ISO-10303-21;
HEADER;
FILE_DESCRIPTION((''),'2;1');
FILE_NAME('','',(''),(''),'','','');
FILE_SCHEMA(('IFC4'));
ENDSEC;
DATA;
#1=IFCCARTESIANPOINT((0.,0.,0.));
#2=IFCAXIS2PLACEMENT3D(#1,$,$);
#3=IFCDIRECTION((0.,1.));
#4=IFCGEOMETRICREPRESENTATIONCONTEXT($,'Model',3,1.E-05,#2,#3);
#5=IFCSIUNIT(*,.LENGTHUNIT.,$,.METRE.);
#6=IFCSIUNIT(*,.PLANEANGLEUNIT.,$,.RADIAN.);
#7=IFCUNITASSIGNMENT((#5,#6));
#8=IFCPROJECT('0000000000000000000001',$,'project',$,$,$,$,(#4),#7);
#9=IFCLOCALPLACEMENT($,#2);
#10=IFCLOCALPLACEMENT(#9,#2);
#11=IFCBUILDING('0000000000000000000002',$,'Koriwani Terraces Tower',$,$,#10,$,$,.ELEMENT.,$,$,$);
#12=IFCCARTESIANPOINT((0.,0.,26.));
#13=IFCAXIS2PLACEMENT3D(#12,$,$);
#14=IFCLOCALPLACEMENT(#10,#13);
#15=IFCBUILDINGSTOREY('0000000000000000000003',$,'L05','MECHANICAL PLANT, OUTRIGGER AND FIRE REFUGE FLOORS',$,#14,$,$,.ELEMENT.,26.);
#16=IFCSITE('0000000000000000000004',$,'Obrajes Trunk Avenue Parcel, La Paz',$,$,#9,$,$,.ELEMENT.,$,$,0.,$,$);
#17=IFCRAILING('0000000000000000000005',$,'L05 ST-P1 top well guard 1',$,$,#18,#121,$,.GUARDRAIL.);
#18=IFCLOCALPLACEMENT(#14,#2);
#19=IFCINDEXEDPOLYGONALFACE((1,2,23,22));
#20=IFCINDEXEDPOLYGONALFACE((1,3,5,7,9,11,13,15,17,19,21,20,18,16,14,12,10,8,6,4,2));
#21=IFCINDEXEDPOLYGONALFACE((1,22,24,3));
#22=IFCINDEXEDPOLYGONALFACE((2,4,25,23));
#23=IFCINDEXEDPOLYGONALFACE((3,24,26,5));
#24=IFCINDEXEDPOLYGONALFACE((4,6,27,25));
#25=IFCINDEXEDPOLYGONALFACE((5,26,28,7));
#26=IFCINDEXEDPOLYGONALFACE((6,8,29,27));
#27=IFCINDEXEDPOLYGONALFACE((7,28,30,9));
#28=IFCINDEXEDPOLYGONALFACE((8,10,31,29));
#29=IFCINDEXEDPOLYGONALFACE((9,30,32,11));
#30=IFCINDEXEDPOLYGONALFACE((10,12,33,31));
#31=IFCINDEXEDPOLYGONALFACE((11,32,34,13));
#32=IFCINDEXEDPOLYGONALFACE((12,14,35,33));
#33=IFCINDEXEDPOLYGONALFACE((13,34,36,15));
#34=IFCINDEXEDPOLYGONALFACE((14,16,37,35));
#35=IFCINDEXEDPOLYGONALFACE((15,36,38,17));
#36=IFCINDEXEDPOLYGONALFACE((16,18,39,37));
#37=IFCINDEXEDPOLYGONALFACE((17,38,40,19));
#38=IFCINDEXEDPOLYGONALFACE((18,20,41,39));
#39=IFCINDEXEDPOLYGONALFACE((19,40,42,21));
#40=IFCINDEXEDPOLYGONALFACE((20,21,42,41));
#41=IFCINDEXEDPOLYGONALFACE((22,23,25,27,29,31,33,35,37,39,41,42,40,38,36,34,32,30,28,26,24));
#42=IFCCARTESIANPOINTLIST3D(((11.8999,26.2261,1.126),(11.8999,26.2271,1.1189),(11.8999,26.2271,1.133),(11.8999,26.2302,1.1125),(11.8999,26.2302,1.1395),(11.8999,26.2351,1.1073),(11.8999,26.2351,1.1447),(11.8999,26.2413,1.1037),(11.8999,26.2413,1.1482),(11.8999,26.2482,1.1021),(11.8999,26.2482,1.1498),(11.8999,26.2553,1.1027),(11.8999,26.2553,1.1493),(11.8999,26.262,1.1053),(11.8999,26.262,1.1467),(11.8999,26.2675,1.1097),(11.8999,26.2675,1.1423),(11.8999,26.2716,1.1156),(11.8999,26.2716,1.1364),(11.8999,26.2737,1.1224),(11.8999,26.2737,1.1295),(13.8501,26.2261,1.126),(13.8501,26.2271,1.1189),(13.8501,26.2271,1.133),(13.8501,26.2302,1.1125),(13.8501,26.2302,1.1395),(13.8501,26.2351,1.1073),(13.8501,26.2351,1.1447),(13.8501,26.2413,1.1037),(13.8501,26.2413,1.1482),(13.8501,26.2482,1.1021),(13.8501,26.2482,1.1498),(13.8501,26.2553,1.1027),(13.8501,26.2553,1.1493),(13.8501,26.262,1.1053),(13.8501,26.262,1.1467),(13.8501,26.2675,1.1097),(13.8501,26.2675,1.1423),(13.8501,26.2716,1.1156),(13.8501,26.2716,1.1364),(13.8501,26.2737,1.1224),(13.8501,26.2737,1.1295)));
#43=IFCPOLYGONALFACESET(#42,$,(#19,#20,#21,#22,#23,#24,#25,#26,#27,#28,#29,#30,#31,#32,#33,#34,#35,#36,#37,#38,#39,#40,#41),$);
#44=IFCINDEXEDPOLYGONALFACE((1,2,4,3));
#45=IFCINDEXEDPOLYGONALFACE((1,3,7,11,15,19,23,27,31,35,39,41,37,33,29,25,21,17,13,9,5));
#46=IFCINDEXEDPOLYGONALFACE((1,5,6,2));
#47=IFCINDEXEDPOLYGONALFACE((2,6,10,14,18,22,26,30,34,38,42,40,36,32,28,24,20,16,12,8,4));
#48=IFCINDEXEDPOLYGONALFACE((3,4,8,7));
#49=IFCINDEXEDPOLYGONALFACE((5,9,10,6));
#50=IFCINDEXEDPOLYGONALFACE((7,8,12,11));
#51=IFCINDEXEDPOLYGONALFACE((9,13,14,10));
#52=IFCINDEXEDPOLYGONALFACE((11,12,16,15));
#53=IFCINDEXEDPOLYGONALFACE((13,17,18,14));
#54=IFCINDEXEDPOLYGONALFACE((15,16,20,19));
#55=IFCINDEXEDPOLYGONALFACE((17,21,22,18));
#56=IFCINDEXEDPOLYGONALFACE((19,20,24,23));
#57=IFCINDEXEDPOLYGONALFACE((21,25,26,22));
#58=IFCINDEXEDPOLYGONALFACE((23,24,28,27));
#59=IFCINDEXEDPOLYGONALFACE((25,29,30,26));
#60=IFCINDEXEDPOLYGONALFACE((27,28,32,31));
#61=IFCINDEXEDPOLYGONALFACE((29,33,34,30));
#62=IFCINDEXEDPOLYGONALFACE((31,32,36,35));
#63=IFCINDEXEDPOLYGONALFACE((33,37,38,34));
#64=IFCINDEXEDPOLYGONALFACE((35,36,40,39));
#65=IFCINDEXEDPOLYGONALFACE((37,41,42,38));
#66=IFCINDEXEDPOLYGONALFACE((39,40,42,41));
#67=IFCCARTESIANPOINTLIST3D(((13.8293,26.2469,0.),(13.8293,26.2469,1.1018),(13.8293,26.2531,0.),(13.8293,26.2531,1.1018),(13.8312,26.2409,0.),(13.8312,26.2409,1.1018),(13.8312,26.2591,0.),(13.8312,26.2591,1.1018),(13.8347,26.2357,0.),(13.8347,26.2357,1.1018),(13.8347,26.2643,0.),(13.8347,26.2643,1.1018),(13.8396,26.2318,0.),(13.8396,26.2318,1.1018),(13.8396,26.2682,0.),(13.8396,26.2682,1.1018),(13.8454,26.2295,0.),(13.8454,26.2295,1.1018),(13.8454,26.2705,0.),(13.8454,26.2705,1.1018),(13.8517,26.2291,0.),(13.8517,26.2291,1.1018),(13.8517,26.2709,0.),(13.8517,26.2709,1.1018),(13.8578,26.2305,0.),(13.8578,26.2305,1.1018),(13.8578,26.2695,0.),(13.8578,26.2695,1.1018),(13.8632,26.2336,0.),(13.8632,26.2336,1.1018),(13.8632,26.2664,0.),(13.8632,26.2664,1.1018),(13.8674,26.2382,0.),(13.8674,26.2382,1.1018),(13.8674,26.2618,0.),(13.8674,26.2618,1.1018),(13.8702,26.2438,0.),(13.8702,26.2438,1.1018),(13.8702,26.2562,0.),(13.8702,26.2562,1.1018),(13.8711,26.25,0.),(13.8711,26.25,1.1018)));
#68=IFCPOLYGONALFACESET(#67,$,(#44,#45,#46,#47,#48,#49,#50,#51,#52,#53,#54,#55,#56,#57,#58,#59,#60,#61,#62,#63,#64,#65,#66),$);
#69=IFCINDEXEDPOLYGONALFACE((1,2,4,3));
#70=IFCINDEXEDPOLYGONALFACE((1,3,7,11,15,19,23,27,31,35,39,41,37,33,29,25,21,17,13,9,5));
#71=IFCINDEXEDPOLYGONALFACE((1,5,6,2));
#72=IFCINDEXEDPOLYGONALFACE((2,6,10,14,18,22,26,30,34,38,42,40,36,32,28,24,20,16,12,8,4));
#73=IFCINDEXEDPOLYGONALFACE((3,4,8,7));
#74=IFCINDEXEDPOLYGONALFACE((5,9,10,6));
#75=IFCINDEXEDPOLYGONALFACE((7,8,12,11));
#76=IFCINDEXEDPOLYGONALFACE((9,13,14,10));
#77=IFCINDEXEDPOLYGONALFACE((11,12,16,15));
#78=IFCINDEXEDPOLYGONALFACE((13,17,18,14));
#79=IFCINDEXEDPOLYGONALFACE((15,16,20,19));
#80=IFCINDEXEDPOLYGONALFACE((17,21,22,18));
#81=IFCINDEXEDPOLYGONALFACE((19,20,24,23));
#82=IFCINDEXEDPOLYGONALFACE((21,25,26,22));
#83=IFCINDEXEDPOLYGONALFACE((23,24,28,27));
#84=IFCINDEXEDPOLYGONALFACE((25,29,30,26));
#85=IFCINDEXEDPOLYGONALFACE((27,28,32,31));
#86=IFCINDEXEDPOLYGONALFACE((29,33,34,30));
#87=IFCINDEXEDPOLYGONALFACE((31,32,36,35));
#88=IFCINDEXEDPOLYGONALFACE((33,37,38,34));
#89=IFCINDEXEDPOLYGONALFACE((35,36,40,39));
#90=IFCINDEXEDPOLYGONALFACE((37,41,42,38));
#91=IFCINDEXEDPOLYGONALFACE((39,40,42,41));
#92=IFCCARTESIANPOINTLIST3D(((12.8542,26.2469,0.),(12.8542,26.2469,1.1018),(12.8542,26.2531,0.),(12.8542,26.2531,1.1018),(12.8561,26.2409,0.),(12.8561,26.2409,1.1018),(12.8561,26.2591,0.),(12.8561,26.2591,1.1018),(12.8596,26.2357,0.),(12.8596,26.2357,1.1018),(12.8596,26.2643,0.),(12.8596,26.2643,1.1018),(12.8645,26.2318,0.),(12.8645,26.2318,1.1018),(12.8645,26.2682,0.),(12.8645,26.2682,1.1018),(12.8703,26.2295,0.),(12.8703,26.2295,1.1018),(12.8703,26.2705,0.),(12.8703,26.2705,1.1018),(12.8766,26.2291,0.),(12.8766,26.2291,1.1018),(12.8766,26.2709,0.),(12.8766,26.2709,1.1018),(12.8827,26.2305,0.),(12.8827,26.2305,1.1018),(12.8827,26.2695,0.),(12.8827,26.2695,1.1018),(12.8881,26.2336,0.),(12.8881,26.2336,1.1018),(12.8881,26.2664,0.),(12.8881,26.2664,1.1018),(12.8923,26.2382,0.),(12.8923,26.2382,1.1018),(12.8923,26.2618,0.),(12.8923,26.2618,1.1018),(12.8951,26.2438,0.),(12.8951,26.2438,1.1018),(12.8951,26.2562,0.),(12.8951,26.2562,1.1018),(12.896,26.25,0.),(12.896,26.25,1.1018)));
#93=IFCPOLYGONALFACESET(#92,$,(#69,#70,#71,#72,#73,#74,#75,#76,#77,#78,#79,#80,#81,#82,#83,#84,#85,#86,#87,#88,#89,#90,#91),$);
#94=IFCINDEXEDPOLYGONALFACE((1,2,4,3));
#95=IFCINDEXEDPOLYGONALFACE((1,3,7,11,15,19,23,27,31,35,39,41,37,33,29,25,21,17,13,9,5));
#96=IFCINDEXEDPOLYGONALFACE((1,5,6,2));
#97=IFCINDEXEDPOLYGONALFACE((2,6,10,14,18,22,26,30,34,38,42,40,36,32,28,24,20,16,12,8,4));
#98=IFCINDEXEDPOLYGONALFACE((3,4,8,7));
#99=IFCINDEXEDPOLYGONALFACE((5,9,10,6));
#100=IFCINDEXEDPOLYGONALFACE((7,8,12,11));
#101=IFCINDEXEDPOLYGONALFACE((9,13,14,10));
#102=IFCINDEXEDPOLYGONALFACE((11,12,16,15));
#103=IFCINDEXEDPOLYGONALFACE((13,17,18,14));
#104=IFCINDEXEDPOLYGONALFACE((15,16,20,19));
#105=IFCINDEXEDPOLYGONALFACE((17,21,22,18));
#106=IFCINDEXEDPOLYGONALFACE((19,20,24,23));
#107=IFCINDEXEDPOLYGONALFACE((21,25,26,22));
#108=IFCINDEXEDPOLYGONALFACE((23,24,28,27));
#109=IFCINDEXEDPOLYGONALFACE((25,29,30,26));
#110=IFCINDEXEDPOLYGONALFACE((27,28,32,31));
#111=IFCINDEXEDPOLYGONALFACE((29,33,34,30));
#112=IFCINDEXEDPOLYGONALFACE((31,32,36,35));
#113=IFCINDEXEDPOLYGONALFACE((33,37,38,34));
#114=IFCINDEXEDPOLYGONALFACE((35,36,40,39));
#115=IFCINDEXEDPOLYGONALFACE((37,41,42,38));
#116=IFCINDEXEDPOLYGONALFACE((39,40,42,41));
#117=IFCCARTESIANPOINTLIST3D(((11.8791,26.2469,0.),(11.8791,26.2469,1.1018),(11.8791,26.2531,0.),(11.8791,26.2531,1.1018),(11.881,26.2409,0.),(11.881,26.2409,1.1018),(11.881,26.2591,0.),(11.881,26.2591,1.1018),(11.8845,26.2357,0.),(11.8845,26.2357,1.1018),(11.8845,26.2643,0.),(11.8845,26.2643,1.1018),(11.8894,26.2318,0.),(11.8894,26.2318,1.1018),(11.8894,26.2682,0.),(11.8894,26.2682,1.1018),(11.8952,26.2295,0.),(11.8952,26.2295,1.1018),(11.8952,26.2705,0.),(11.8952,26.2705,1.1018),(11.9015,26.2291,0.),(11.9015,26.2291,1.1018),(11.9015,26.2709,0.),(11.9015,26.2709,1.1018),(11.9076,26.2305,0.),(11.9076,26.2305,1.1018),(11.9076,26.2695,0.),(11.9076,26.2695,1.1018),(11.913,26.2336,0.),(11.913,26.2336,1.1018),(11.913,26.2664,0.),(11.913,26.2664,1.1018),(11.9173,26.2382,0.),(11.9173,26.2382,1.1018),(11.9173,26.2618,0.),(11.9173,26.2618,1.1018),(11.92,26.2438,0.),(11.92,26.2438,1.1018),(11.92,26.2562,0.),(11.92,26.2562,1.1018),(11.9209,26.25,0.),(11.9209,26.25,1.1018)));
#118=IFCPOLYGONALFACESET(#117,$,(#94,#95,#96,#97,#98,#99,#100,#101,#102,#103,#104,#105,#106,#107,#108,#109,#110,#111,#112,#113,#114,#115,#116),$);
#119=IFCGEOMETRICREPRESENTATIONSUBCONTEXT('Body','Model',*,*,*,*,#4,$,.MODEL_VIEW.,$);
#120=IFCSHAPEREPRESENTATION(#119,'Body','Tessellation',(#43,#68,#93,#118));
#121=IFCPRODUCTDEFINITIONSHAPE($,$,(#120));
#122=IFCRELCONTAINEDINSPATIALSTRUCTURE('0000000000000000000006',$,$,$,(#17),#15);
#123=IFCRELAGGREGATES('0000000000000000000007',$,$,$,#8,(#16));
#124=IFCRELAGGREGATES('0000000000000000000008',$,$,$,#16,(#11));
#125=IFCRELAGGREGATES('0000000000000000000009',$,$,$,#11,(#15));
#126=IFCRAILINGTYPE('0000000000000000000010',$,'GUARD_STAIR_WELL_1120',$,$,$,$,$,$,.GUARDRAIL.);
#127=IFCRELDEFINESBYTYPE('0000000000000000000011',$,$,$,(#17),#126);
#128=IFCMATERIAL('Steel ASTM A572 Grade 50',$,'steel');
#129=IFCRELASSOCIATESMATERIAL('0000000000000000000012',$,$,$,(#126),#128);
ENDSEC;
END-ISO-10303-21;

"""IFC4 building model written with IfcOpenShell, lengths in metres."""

from ifc_helpers import new_model, si_unit, direction, frame, origin, origin_2d, place, context, subcontext, project, spatial, circle, extrude, material, type_object, element, save


model = new_model("IFC4")

# Units and contexts
model_context = context("Model", 3, precision=1e-05, world=origin(), true_north=direction((0.0, 1.0)))
body_context = subcontext(model_context, "Body", "Model", "MODEL_VIEW")
ifc_project = project(units=[si_unit("LENGTHUNIT", "METRE"), si_unit("PLANEANGLEUNIT", "RADIAN")], contexts=[model_context])

# Site, building, storey
site_placement = place(None, origin())
site = spatial("IfcSite", under=ifc_project, at=site_placement, Name="Obrajes Trunk Avenue Parcel, La Paz", CompositionType="ELEMENT", RefElevation=0.0)
building_placement = place(site_placement, origin())
building = spatial("IfcBuilding", under=site, at=building_placement, Name="Koriwani Terraces Tower", CompositionType="ELEMENT")
storey_placement = place(building_placement, frame((0.0, 0.0, 26.0)))
storey = spatial("IfcBuildingStorey", under=building, at=storey_placement, Name="L05", Description="MECHANICAL PLANT, OUTRIGGER AND FIRE REFUGE FLOORS", CompositionType="ELEMENT", Elevation=26.0)

# Shared definitions
ifc_material_1 = material(Name="Steel ASTM A572 Grade 50", Category="steel")

# Railing
railing_type = type_object("IfcRailingType", Name="GUARD_STAIR_WELL_1120", PredefinedType="GUARDRAIL", material=ifc_material_1)
railing_placement = place(storey_placement, frame((13.8501, 26.25, 0.0)))
element("IfcRailing", 1, at=railing_placement, inside=storey, type_object=railing_type, Name="L05 ST-P1 top well guard 1", PredefinedType="GUARDRAIL", context=body_context, shape_type="SweptSolid", body=[
    extrude(circle(Radius=0.0239, at=origin_2d()), frame((0.0, 0.0, 1.126), z_axis=(-1.0, 0.0, 0.0), x_axis=(0.0, -1.0, 0.0)), (0.0, 0.0, 1.0), 1.9502),
    extrude(circle(Radius=0.021, at=origin_2d()), origin(), (0.0, 0.0, 1.0), 1.1018),
    extrude(circle(Radius=0.021, at=origin_2d()), frame((-0.9751, 0.0, 0.0)), (0.0, 0.0, 1.0), 1.1018),
    extrude(circle(Radius=0.021, at=origin_2d()), frame((-1.9502, 0.0, 0.0)), (0.0, 0.0, 1.0), 1.1018),
])

save(model, "model.ifc")
